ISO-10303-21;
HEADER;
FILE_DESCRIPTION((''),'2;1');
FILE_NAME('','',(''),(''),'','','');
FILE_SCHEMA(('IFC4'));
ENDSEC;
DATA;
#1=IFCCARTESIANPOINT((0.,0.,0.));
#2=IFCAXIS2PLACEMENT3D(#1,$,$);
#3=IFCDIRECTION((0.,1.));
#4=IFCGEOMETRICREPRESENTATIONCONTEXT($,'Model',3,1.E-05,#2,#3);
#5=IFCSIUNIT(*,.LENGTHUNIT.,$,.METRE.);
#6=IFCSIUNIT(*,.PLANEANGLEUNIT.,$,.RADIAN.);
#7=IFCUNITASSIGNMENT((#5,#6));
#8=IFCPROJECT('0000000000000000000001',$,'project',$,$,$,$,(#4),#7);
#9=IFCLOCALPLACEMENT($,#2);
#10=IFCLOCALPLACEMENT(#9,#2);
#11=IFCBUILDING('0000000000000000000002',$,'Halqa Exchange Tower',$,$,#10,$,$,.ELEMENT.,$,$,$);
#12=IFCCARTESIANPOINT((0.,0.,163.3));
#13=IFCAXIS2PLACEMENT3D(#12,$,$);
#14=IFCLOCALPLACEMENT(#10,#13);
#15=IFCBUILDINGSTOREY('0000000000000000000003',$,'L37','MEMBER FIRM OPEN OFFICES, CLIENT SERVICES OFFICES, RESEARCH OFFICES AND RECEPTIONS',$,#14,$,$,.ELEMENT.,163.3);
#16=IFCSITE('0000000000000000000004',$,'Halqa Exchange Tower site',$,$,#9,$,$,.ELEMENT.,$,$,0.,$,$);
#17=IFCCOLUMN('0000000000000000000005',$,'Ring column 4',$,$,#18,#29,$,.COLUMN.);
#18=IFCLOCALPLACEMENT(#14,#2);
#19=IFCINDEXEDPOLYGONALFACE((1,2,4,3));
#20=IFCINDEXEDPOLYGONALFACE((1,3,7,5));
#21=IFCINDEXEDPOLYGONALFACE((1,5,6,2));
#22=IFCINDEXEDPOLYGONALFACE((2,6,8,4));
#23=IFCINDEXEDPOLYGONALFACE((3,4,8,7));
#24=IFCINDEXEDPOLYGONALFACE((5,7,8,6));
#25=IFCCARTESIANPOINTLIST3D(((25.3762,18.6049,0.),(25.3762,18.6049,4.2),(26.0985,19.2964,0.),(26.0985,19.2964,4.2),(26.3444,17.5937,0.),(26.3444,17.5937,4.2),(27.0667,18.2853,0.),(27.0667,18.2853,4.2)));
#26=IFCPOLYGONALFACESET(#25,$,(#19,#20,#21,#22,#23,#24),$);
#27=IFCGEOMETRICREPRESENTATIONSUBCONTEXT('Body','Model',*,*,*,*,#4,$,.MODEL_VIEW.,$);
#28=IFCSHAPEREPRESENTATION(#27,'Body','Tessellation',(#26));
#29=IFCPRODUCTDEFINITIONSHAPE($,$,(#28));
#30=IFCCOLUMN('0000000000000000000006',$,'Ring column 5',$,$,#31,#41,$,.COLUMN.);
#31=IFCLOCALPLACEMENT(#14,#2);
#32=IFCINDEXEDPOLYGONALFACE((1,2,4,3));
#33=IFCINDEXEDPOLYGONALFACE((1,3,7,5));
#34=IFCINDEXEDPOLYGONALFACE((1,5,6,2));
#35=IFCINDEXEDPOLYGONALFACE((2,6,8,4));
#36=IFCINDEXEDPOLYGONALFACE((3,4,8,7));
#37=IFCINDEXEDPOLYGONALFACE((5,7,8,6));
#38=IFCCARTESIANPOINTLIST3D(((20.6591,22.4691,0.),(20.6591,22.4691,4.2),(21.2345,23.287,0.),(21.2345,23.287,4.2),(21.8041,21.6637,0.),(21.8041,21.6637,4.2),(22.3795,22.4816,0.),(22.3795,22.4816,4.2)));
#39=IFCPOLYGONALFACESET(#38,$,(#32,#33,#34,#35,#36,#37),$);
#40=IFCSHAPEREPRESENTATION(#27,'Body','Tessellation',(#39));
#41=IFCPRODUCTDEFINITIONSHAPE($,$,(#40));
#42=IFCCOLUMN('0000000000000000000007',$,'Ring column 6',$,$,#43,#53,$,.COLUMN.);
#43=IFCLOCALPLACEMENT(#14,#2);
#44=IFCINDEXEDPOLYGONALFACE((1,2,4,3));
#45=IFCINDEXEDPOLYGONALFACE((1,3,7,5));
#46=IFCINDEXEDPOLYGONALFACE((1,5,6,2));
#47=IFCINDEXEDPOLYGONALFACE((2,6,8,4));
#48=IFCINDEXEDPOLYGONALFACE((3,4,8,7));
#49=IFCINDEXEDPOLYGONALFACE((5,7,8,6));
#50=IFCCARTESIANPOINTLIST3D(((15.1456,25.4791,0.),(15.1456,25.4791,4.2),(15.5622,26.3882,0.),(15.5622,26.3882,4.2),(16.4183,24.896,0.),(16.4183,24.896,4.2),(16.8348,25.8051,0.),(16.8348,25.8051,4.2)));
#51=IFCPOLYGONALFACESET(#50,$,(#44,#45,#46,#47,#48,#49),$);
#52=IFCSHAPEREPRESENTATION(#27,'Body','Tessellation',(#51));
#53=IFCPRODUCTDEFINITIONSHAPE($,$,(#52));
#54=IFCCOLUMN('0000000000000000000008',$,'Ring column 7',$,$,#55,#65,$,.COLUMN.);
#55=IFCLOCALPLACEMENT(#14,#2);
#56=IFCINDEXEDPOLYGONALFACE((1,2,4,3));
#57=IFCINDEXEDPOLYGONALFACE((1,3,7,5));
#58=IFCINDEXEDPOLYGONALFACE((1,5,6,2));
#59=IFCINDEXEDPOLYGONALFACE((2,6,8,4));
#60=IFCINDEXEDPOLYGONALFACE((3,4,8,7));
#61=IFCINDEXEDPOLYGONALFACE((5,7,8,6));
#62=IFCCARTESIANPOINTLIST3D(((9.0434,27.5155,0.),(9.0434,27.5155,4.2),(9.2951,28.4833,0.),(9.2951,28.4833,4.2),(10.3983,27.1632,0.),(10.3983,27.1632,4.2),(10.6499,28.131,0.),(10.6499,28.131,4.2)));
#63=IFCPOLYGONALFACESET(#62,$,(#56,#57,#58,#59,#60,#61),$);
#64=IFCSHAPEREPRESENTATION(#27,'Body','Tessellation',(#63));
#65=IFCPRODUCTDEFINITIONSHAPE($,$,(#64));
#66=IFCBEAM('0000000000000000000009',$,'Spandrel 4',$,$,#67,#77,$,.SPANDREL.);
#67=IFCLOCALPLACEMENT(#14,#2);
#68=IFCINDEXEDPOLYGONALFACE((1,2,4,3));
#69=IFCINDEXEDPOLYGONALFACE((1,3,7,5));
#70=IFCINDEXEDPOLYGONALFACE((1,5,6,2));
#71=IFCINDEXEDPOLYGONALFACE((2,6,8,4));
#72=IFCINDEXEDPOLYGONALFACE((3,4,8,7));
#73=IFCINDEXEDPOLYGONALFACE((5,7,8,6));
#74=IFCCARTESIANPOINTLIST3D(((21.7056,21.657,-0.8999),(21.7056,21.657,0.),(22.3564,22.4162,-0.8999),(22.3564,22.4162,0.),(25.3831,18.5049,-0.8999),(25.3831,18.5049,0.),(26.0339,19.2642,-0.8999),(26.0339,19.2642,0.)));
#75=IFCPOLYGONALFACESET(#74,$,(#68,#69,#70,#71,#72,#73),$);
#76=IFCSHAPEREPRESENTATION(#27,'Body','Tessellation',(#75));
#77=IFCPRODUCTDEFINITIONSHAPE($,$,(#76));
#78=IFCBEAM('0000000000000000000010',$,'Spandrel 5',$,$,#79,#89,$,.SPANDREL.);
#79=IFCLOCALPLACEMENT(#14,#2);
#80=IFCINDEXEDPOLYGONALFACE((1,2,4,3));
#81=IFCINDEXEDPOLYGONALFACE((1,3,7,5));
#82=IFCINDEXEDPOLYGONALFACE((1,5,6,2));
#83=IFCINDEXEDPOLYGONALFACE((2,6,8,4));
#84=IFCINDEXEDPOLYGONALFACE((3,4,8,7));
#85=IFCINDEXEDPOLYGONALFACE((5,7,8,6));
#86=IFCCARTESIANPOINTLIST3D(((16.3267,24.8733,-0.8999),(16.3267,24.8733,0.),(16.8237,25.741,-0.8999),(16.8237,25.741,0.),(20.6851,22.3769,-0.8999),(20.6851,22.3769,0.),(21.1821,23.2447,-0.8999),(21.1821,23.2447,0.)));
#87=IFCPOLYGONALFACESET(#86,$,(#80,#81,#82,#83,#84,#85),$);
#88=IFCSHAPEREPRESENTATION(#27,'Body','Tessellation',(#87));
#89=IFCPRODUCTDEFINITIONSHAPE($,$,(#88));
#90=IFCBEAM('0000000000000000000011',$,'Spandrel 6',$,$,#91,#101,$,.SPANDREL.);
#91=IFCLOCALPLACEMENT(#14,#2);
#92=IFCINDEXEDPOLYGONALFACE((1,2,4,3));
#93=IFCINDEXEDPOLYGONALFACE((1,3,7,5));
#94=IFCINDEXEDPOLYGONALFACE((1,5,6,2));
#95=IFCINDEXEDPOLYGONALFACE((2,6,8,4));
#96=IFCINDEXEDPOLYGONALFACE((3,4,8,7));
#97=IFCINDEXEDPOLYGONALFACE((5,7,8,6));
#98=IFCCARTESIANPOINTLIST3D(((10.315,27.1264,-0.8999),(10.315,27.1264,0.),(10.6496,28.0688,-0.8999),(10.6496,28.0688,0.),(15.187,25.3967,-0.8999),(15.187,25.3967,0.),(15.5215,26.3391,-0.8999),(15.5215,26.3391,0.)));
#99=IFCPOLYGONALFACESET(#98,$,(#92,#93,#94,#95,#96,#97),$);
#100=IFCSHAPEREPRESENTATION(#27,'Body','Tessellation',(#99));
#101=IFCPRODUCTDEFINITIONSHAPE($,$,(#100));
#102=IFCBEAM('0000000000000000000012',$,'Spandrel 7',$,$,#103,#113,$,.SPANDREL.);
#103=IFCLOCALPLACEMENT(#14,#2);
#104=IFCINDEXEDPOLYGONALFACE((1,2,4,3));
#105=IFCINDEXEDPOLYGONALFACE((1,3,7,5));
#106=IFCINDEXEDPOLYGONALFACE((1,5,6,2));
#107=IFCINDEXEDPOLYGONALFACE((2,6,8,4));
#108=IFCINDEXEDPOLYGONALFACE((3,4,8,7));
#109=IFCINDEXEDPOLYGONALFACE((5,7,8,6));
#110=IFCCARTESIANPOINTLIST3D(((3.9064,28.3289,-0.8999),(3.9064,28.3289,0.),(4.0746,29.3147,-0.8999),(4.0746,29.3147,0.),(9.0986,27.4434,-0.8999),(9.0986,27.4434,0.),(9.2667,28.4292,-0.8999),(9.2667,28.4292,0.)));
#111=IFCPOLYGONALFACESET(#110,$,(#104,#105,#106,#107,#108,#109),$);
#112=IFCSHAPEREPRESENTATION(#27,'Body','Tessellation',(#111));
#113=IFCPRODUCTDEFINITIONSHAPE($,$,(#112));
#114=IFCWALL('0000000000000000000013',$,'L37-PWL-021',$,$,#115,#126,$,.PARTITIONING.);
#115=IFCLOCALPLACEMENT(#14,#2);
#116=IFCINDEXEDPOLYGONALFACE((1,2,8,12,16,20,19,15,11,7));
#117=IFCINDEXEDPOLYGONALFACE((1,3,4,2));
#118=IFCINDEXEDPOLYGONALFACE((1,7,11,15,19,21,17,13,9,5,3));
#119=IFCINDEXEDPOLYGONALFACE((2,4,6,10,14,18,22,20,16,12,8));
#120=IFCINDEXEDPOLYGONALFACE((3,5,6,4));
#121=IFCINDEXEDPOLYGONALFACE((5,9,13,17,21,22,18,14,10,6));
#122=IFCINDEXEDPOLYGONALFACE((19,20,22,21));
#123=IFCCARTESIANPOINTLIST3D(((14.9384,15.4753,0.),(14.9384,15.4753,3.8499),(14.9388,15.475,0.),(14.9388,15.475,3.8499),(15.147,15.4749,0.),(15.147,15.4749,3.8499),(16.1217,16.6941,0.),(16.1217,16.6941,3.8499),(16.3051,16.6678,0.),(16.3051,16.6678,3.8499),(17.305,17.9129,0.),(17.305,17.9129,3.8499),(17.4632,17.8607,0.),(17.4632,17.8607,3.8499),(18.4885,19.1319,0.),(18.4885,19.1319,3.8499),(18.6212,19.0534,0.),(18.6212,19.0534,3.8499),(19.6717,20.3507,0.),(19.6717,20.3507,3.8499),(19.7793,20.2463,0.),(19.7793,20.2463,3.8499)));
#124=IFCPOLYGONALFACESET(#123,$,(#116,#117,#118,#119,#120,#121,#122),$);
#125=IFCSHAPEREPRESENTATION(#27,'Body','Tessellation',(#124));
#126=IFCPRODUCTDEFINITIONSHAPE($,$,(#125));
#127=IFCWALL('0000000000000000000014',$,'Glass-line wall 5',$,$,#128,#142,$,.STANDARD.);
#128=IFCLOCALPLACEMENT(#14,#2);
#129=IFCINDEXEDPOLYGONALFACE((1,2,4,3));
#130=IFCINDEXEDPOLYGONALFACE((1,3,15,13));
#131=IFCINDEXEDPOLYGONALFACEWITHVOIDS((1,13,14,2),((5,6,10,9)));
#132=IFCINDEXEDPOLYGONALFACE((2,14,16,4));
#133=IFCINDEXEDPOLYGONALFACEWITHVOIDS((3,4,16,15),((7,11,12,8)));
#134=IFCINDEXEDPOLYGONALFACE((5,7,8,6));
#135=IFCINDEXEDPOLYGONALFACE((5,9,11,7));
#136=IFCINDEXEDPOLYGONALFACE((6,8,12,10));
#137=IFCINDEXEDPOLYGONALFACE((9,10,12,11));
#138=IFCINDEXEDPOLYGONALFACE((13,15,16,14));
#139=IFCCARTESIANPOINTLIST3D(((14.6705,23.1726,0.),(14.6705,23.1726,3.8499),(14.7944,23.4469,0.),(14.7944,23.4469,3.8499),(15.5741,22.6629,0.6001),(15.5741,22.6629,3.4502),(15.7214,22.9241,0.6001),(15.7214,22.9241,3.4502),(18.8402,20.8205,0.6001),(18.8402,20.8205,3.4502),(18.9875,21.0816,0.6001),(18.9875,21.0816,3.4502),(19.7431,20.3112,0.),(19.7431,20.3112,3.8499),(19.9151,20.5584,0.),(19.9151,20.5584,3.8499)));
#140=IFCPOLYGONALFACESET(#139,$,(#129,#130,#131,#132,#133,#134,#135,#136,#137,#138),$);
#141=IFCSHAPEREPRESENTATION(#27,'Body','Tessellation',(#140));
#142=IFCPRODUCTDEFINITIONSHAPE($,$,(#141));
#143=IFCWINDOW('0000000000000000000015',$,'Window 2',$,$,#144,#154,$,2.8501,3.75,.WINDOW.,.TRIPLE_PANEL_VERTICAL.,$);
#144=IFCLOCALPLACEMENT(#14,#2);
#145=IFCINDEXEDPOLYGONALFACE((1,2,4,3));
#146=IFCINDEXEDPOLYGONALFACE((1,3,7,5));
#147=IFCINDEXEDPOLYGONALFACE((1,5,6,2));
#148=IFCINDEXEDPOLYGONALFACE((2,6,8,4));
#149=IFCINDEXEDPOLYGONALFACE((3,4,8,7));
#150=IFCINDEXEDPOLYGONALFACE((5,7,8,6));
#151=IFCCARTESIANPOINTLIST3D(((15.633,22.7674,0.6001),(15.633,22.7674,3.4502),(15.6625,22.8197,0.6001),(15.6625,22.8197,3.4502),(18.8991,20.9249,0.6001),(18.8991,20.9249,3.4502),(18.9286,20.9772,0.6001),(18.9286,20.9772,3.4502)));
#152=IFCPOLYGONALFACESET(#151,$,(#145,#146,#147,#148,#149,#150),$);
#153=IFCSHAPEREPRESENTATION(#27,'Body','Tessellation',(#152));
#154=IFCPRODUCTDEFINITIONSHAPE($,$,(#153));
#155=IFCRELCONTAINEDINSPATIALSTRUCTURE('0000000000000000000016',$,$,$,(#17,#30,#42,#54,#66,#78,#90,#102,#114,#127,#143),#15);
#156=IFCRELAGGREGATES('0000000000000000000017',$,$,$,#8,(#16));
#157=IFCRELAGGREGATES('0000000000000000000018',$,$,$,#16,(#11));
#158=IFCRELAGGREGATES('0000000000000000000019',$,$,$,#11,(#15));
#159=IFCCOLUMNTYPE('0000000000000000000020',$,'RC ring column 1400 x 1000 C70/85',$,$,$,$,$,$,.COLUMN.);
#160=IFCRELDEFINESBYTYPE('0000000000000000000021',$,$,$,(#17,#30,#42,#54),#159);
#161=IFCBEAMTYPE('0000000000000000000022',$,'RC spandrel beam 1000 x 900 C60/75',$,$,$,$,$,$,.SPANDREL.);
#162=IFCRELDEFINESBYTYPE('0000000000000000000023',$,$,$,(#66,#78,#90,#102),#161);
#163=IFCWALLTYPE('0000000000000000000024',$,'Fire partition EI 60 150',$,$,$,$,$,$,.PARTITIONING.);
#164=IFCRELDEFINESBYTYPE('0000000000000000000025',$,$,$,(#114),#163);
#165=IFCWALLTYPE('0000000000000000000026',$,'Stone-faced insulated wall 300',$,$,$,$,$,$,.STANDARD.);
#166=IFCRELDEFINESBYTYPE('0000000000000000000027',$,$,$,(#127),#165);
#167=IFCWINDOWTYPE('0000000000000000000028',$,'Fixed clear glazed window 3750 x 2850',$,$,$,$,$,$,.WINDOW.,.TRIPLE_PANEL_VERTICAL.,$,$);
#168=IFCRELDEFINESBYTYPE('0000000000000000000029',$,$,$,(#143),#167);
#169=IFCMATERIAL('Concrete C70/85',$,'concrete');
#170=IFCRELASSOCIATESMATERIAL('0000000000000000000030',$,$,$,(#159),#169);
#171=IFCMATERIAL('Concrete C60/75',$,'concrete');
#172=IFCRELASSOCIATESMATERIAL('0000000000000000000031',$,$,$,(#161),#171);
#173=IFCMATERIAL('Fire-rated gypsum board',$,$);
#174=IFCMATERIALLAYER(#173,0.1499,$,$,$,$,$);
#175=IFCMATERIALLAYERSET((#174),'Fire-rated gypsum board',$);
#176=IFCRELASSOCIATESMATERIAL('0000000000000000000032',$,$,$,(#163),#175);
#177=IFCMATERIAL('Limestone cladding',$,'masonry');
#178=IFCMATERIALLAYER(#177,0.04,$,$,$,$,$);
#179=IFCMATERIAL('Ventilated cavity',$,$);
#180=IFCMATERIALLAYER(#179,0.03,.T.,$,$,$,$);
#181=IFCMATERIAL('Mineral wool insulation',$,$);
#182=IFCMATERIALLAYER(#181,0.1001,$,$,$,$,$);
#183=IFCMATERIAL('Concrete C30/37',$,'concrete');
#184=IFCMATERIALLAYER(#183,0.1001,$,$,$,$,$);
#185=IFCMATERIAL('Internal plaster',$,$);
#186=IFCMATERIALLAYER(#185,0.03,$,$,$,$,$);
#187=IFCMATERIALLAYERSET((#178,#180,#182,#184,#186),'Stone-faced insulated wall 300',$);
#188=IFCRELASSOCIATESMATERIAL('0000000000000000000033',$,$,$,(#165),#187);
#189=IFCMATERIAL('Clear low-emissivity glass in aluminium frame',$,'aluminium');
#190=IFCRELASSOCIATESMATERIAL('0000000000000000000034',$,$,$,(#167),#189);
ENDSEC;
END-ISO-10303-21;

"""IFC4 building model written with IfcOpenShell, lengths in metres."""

from ifc_helpers import new_model, si_unit, direction, frame, frame_2d, origin, origin_2d, place, context, subcontext, project, spatial, polyline, rectangle, outline, extrude, material, layer, layer_set, material_profile, profile_set, type_object, element, fill, save


model = new_model("IFC4")

# Units and contexts
model_context = context("Model", 3, precision=1e-05, world=origin(), true_north=direction((0.0, 1.0)))
body_context = subcontext(model_context, "Body", "Model", "MODEL_VIEW")
ifc_project = project(units=[si_unit("LENGTHUNIT", "METRE"), si_unit("PLANEANGLEUNIT", "RADIAN")], contexts=[model_context])

# Site, building, storey
site_placement = place(None, origin())
site = spatial("IfcSite", under=ifc_project, at=site_placement, Name="Halqa Exchange Tower site", CompositionType="ELEMENT", RefElevation=0.0)
building_placement = place(site_placement, origin())
building = spatial("IfcBuilding", under=site, at=building_placement, Name="Halqa Exchange Tower", CompositionType="ELEMENT")
storey_placement = place(building_placement, frame((0.0, 0.0, 163.3)))
storey = spatial("IfcBuildingStorey", under=building, at=storey_placement, Name="L37", Description="MEMBER FIRM OPEN OFFICES, CLIENT SERVICES OFFICES, RESEARCH OFFICES AND RECEPTIONS", CompositionType="ELEMENT", Elevation=163.3)

# Columns
ifc_material_1 = material(Name="Concrete C70/85", Category="concrete")
ifc_material_profile_1 = material_profile(ifc_material_1, rectangle(XDim=1.3999, YDim=1.0, at=origin_2d()), Name="1400 x 1000")
ifc_profile_set_1 = profile_set([ifc_material_profile_1], Name="Concrete C70/85")
column_type = type_object("IfcColumnType", Name="RC ring column 1400 x 1000 C70/85", PredefinedType="COLUMN", material=ifc_profile_set_1)
for number, where, z_axis, x_axis, name in (
    (1, (26.2214, 18.4451, 0.0), (0.0, 0.0, 1.0), (-0.691579, 0.722301, 0.0), "Ring column 4"),
    (2, (21.5193, 22.4753, 0.0), (0.0, 0.0, 1.0), (-0.817911, 0.575345, 0.0), "Ring column 5"),
    (3, (15.9902, 25.6421, 0.0), (0.0, 0.0, 1.0), (-0.909126, 0.41652, 0.0), "Ring column 6"),
    (4, (9.8467, 27.8232, 0.0), (0.0, 0.0, 1.0), (-0.96782, 0.251645, 0.0), "Ring column 7"),
):
    element("IfcColumn", number, at=place(storey_placement, frame(where, z_axis=z_axis, x_axis=x_axis)), inside=storey, type_object=column_type, Name=name, PredefinedType="COLUMN", context=body_context, shape_type="SweptSolid", body=[
        extrude(rectangle(XDim=1.3999, YDim=1.0, at=origin_2d()), origin(), (0.0, 0.0, 1.0), 4.2),
    ])

# Beams
ifc_material_2 = material(Name="Concrete C60/75", Category="concrete")
ifc_material_profile_2 = material_profile(ifc_material_2, rectangle(XDim=1.0, YDim=0.8999, at=origin_2d()), Name="1000 x 900")
ifc_profile_set_2 = profile_set([ifc_material_profile_2], Name="Concrete C60/75")
beam_type = type_object("IfcBeamType", Name="RC spandrel beam 1000 x 900 C60/75", PredefinedType="SPANDREL", material=ifc_profile_set_2)
beam_1_placement = place(storey_placement, frame((25.7085, 18.8845, -0.45), z_axis=(-0.75926, 0.650787, 0.0), x_axis=(-0.650787, -0.75926, 0.0)))
element("IfcBeam", 5, at=beam_1_placement, inside=storey, type_object=beam_type, Name="Spandrel 4", PredefinedType="SPANDREL", context=body_context, shape_type="SweptSolid", body=[
    extrude(rectangle(XDim=1.0, YDim=0.8999, at=origin_2d()), origin(), (0.0, 0.0, 1.0), 4.8435),
])
beam_2_placement = place(storey_placement, frame((20.9336, 22.8108, -0.45), z_axis=(-0.867743, 0.497013, 0.0), x_axis=(-0.497013, -0.867743, 0.0)))
element("IfcBeam", 6, at=beam_2_placement, inside=storey, type_object=beam_type, Name="Spandrel 5", PredefinedType="SPANDREL", context=body_context, shape_type="SweptSolid", body=[
    extrude(rectangle(XDim=1.0, YDim=0.8999, at=origin_2d()), origin(), (0.0, 0.0, 1.0), 5.0227),
])
beam_3_placement = place(storey_placement, frame((15.3542, 25.8679, -0.45), z_axis=(-0.942371, 0.334571, 0.0), x_axis=(-0.334571, -0.942371, 0.0)))
element("IfcBeam", 7, at=beam_3_placement, inside=storey, type_object=beam_type, Name="Spandrel 6", PredefinedType="SPANDREL", context=body_context, shape_type="SweptSolid", body=[
    extrude(rectangle(XDim=1.0, YDim=0.8999, at=origin_2d()), origin(), (0.0, 0.0, 1.0), 5.1699),
])
beam_4_placement = place(storey_placement, frame((9.1826, 27.9363, -0.45), z_axis=(-0.985767, 0.168119, 0.0), x_axis=(-0.168119, -0.985767, 0.0)))
element("IfcBeam", 8, at=beam_4_placement, inside=storey, type_object=beam_type, Name="Spandrel 7", PredefinedType="SPANDREL", context=body_context, shape_type="SweptSolid", body=[
    extrude(rectangle(XDim=1.0, YDim=0.8999, at=origin_2d()), origin(), (0.0, 0.0, 1.0), 5.2671),
])

# Wall
ifc_material_3 = material(Name="Fire-rated gypsum board")
ifc_layer_1 = layer(ifc_material_3, 0.1499)
ifc_layer_set_1 = layer_set([ifc_layer_1], Name="Fire-rated gypsum board")
wall_type_1 = type_object("IfcWallType", Name="Fire partition EI 60 150", PredefinedType="PARTITIONING", material=ifc_layer_set_1)
wall_1_placement = place(storey_placement, frame((14.9922, 15.4231, 0.0), z_axis=(0.0, 0.0, 1.0), x_axis=(0.696574, 0.717485, 0.0)))
element("IfcWall", 9, at=wall_1_placement, inside=storey, type_object=wall_type_1, Name="L37-PWL-021", PredefinedType="PARTITIONING", context=body_context, shape_type="SweptSolid", body=[
    extrude(outline(polyline([(0.0, 0.075), (0.0, 0.0745), (0.145, -0.075), (1.8076, -0.075), (3.4702, -0.075), (5.1326, -0.075), (6.7952, -0.075), (6.7952, 0.075), (5.0964, 0.075), (3.3975, 0.075), (1.6987, 0.075), (0.0, 0.075)])), origin(), (0.0, 0.0, 1.0), 3.8499),
])

# Shared definitions
ifc_material_4 = material(Name="Limestone cladding", Category="masonry")
ifc_layer_2 = layer(ifc_material_4, 0.04)
ifc_material_5 = material(Name="Ventilated cavity")
ifc_layer_3 = layer(ifc_material_5, 0.03, ventilated=True)
ifc_material_6 = material(Name="Mineral wool insulation")
ifc_layer_4 = layer(ifc_material_6, 0.1001)
ifc_material_7 = material(Name="Concrete C30/37", Category="concrete")
ifc_layer_5 = layer(ifc_material_7, 0.1001)
ifc_material_8 = material(Name="Internal plaster")
ifc_layer_6 = layer(ifc_material_8, 0.03)
ifc_layer_set_2 = layer_set([ifc_layer_2, ifc_layer_3, ifc_layer_4, ifc_layer_5, ifc_layer_6], Name="Stone-faced insulated wall 300")
wall_type_2 = type_object("IfcWallType", Name="Stone-faced insulated wall 300", PredefinedType="STANDARD", material=ifc_layer_set_2)
ifc_material_9 = material(Name="Clear low-emissivity glass in aluminium frame", Category="aluminium")

# Wall, opening, window
wall_2_placement = place(storey_placement, frame((19.8291, 20.4348, 0.0), z_axis=(0.0, 0.0, 1.0), x_axis=(-0.870982, 0.491315, 0.0)))
wall_2 = element("IfcWall", 10, at=wall_2_placement, inside=storey, type_object=wall_type_2, Name="Glass-line wall 5", PredefinedType="STANDARD", context=body_context, shape_type="SweptSolid", body=[
    extrude(outline(polyline([(-0.0142, -0.1499), (5.865, -0.1499), (5.8381, 0.1499), (0.0142, 0.1499), (-0.0142, -0.1499)])), origin(), (0.0, 0.0, 1.0), 3.8499),
])
opening_1_placement = place(wall_2_placement, frame((1.0508, 0.0, 0.6001)))
opening_1 = element("IfcOpeningElement", 11, at=opening_1_placement, cuts=wall_2, PredefinedType="OPENING", context=body_context, shape_type="SweptSolid", body=[
    extrude(rectangle(XDim=3.75, YDim=2.8501, at=frame_2d((1.875, 1.425))), frame((0.0, 0.1621, 0.0), z_axis=(0.0, -1.0, 0.0), x_axis=(1.0, 0.0, 0.0)), (0.0, 0.0, 1.0), 0.324),
])
window_type = type_object("IfcWindowType", Name="Fixed clear glazed window 3750 x 2850", PartitioningType="TRIPLE_PANEL_VERTICAL", PredefinedType="WINDOW", material=ifc_material_9)
window_1_placement = place(opening_1_placement, origin())
window_1 = element("IfcWindow", 12, at=window_1_placement, inside=storey, type_object=window_type, Name="Window 2", OverallHeight=2.8501, OverallWidth=3.75, PartitioningType="TRIPLE_PANEL_VERTICAL", PredefinedType="WINDOW", context=body_context, shape_type="SweptSolid", body=[
    extrude(rectangle(XDim=3.75, YDim=2.8501, at=frame_2d((1.875, 1.425))), frame((0.0, 0.03, 0.0), z_axis=(0.0, -1.0, 0.0), x_axis=(1.0, 0.0, 0.0)), (0.0, 0.0, 1.0), 0.0601),
])
fill(opening_1, window_1)

save(model, "model.ifc")
